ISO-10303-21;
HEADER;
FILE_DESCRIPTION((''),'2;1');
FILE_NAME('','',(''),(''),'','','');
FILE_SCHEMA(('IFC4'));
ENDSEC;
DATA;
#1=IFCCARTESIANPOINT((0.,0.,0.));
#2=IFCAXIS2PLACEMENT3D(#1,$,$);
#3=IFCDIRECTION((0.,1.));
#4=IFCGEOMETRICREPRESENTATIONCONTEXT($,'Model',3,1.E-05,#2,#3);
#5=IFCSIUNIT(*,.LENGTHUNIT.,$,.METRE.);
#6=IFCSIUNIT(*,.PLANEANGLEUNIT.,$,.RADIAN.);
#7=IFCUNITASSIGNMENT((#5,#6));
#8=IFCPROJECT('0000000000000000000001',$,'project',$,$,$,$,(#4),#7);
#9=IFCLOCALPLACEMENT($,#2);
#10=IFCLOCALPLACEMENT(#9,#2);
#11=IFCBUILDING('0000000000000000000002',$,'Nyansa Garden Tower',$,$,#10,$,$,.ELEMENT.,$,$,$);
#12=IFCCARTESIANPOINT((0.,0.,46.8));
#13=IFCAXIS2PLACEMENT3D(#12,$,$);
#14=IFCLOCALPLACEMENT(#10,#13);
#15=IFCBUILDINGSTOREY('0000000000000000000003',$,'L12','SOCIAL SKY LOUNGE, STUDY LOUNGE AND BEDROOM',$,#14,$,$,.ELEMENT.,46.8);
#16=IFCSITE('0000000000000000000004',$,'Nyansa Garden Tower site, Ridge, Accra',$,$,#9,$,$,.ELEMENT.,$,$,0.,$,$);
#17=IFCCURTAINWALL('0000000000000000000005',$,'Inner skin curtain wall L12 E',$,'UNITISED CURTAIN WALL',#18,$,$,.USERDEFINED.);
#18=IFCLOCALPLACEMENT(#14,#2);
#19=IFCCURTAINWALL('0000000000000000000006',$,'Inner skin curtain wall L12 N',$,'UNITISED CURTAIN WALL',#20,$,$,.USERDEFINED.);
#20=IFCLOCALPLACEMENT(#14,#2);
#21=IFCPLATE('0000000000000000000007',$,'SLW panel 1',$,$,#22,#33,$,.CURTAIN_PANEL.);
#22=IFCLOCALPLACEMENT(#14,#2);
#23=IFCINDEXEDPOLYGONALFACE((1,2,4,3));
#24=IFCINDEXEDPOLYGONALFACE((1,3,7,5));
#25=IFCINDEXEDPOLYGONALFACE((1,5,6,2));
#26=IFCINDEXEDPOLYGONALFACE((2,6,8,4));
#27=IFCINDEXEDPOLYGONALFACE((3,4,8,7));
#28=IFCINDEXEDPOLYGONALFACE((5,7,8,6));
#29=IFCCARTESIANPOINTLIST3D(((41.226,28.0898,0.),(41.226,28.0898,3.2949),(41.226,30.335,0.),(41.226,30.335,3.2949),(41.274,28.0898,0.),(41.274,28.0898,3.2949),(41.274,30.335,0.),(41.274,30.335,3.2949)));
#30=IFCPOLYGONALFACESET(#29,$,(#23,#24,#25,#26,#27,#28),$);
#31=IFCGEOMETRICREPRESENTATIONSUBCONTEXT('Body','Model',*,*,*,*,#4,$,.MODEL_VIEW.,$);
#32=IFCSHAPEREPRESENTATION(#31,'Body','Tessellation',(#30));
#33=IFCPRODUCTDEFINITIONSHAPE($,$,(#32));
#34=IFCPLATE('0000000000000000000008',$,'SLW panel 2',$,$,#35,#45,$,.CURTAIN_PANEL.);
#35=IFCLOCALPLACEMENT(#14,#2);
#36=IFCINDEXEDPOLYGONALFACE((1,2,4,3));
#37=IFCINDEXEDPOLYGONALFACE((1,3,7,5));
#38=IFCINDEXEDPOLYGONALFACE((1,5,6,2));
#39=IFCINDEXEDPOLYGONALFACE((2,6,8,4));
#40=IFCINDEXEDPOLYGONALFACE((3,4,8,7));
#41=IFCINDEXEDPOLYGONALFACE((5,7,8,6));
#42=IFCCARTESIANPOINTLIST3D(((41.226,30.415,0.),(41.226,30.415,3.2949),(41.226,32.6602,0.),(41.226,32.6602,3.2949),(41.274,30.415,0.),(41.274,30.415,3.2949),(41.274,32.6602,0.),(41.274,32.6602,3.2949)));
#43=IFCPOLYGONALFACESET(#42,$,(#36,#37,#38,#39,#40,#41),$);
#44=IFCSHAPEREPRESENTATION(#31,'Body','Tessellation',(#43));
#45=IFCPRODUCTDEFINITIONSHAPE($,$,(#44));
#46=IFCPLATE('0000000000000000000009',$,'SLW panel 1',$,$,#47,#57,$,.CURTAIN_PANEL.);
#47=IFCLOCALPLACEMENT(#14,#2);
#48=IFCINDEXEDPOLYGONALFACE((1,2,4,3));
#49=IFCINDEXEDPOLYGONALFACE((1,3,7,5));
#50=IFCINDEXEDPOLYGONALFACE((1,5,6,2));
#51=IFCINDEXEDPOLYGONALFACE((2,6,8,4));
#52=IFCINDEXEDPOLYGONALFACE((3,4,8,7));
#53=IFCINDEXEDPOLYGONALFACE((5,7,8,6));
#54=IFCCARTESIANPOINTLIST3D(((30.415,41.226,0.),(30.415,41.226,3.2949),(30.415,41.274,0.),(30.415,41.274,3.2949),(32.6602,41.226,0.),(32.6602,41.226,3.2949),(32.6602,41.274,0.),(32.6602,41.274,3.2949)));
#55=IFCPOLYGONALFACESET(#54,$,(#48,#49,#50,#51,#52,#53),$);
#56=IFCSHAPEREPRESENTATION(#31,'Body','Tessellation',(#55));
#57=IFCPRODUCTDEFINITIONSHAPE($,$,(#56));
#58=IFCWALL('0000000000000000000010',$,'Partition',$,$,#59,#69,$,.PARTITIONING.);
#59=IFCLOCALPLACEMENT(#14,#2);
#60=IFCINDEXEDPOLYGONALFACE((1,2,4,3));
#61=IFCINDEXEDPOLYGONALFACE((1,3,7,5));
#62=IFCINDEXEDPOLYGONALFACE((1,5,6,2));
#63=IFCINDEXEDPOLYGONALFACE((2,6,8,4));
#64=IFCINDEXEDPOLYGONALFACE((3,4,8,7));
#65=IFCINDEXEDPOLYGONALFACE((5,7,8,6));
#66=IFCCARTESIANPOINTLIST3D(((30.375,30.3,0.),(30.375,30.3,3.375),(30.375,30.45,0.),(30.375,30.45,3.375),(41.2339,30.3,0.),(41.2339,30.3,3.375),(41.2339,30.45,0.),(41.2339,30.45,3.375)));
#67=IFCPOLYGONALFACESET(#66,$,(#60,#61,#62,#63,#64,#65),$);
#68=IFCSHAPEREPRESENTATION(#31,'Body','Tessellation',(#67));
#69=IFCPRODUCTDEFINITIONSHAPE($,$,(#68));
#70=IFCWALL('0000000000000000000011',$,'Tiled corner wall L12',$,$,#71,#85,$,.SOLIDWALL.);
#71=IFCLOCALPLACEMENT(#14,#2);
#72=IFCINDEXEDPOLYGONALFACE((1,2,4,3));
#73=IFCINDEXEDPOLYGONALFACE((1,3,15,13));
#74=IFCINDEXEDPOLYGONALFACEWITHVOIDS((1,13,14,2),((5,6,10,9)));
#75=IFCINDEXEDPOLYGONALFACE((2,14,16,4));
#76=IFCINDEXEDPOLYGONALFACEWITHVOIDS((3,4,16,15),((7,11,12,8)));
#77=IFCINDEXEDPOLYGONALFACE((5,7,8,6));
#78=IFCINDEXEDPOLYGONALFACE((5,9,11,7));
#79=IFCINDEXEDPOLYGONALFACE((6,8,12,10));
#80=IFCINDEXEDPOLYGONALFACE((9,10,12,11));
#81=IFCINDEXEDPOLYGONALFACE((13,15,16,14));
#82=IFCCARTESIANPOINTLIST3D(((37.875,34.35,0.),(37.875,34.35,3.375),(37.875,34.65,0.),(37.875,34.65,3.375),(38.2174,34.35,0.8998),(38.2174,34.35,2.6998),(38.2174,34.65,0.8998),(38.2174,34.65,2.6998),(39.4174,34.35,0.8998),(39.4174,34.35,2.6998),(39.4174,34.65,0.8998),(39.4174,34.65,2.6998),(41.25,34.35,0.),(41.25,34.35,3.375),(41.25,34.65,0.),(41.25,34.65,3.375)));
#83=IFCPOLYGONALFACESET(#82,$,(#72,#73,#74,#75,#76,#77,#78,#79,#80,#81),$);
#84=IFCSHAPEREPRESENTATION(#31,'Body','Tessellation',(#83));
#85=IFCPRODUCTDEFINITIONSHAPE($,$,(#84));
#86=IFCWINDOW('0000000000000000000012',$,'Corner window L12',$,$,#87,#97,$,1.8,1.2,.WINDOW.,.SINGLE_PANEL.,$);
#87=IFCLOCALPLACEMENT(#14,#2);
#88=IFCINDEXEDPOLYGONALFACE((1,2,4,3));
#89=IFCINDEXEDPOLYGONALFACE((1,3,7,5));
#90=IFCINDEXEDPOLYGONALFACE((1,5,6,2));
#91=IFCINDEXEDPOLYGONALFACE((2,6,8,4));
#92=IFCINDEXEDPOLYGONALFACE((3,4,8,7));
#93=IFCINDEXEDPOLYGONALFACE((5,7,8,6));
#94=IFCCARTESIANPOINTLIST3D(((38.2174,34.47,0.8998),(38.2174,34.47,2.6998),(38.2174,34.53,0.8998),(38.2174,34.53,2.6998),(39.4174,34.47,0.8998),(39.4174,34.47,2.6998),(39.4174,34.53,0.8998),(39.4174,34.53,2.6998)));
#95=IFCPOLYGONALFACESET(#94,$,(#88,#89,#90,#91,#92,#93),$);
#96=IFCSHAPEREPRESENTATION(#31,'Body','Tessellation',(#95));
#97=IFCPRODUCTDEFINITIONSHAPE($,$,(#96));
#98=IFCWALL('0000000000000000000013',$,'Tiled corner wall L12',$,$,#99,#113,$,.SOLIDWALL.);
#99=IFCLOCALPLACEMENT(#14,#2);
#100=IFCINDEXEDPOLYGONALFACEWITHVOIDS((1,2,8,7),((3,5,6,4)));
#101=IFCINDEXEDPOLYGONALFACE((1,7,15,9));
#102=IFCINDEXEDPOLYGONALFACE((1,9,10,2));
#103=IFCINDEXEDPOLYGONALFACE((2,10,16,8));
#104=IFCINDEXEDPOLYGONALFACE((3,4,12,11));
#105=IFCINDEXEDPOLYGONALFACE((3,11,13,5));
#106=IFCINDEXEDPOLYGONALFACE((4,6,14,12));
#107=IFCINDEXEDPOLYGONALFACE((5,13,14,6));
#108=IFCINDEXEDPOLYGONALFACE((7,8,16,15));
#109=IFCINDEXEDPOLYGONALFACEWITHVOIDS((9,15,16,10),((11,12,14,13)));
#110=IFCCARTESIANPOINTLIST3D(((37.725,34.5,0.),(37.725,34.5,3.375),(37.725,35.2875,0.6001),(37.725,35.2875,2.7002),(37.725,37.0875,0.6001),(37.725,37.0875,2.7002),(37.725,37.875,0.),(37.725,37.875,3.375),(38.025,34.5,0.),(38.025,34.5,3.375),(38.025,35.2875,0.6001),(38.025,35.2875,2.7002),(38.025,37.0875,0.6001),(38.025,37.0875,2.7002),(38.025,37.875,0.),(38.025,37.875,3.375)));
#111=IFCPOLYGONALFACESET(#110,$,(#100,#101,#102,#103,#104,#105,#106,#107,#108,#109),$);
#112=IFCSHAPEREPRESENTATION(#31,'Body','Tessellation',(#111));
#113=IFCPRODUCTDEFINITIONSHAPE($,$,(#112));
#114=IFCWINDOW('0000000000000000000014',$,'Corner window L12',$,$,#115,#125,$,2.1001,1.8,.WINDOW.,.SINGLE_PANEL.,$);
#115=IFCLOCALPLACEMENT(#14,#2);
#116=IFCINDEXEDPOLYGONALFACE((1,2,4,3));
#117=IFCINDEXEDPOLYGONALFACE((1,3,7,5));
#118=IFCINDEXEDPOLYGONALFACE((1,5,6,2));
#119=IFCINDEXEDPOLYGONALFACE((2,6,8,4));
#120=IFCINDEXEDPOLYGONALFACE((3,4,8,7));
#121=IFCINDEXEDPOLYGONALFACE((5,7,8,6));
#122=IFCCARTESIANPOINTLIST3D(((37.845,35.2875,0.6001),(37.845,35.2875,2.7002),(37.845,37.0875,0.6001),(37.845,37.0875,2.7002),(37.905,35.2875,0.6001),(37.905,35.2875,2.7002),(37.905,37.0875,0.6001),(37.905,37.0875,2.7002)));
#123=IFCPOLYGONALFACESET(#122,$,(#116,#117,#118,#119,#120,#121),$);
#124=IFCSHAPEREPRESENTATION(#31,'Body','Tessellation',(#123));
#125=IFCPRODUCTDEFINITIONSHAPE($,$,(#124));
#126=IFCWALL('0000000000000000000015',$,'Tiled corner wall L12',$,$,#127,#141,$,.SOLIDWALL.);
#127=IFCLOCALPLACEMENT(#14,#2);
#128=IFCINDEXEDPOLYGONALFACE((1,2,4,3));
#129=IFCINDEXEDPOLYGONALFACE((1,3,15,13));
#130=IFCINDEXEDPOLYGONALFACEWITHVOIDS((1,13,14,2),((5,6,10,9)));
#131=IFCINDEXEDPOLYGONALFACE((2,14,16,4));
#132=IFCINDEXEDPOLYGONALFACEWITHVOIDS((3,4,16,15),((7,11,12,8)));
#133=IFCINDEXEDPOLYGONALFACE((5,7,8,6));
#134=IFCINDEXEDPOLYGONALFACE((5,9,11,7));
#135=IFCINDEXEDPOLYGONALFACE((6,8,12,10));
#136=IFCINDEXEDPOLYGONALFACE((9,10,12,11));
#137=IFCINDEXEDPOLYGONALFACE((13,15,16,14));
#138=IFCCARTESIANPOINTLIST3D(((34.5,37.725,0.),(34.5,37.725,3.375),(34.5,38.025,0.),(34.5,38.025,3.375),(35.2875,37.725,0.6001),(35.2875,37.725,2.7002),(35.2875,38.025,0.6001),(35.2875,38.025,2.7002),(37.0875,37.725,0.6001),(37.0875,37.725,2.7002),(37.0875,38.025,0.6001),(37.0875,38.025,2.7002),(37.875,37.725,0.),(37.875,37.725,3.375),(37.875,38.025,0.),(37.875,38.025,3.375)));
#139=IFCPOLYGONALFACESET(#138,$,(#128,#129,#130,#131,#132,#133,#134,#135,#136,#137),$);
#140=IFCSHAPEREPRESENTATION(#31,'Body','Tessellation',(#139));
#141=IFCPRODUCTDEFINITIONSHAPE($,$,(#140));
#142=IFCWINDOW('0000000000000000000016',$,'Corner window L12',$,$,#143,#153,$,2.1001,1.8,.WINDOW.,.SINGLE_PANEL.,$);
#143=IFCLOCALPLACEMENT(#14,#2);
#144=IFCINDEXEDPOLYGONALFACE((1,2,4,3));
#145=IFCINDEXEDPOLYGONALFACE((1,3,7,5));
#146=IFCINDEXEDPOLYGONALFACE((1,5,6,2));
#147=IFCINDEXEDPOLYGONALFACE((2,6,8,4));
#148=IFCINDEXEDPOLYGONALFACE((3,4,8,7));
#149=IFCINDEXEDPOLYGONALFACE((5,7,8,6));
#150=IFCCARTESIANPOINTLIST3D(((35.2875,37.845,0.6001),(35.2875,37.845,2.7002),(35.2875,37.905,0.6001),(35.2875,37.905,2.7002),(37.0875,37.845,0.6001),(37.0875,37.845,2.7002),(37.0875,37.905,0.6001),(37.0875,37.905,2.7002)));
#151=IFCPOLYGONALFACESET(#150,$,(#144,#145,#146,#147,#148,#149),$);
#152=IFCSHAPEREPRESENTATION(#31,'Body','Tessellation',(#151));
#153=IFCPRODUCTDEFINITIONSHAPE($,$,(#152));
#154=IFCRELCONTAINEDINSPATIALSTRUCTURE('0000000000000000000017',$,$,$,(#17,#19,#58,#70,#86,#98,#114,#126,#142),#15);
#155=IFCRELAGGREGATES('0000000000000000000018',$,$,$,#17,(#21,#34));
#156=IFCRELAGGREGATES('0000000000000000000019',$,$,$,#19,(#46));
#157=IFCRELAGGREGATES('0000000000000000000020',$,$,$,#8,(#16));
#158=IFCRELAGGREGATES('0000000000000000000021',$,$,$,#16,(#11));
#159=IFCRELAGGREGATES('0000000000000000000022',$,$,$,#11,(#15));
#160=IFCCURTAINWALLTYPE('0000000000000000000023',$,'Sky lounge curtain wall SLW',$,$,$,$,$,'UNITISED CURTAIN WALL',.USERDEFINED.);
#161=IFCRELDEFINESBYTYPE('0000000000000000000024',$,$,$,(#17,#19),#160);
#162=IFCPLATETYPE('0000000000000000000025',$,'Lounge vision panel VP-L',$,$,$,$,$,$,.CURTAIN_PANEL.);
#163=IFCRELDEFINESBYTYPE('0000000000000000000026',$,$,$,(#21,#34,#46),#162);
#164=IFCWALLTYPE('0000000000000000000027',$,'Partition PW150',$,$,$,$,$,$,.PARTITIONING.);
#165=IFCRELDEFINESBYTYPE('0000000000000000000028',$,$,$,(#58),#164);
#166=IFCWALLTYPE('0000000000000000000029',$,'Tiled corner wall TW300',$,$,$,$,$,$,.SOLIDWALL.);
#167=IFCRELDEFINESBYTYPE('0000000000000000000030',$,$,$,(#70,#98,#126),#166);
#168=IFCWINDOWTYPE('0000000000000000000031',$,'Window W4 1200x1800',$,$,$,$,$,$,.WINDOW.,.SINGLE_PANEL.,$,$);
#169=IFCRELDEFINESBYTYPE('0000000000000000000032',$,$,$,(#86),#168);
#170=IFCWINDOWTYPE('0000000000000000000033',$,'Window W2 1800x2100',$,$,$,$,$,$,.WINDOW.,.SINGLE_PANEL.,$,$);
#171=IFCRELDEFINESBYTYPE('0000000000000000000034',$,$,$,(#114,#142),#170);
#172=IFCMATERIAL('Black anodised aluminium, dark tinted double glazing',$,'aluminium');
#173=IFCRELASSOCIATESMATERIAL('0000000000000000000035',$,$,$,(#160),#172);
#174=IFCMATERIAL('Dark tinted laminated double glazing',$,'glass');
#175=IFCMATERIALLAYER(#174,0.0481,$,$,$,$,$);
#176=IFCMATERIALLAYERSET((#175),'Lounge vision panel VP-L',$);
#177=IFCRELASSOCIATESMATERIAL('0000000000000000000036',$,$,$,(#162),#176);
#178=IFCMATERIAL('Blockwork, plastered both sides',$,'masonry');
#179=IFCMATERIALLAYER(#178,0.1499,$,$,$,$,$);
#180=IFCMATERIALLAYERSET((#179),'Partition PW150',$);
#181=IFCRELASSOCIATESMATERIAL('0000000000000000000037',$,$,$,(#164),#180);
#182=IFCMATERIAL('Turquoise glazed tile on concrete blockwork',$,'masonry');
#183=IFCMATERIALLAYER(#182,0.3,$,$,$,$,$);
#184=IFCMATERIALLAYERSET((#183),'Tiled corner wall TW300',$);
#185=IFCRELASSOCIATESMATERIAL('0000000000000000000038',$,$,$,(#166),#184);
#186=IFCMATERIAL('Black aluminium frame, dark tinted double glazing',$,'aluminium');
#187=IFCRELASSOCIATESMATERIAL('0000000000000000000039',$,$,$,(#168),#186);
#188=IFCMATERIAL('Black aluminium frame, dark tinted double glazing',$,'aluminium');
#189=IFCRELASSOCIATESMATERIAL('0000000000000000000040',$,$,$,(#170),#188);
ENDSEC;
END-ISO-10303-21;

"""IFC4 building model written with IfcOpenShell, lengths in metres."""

from ifc_helpers import new_model, si_unit, direction, frame, frame_2d, origin, origin_2d, place, context, subcontext, project, spatial, rectangle, extrude, material, layer, layer_set, type_object, element, fill, aggregate, save


model = new_model("IFC4")

# Units and contexts
model_context = context("Model", 3, precision=1e-05, world=origin(), true_north=direction((0.0, 1.0)))
body_context = subcontext(model_context, "Body", "Model", "MODEL_VIEW")
ifc_project = project(units=[si_unit("LENGTHUNIT", "METRE"), si_unit("PLANEANGLEUNIT", "RADIAN")], contexts=[model_context])

# Site, building, storey
site_placement = place(None, origin())
site = spatial("IfcSite", under=ifc_project, at=site_placement, Name="Nyansa Garden Tower site, Ridge, Accra", CompositionType="ELEMENT", RefElevation=0.0)
building_placement = place(site_placement, origin())
building = spatial("IfcBuilding", under=site, at=building_placement, Name="Nyansa Garden Tower", CompositionType="ELEMENT")
storey_placement = place(building_placement, frame((0.0, 0.0, 46.8)))
storey = spatial("IfcBuildingStorey", under=building, at=storey_placement, Name="L12", Description="SOCIAL SKY LOUNGE, STUDY LOUNGE AND BEDROOM", CompositionType="ELEMENT", Elevation=46.8)

# Curtain walls
ifc_material_1 = material(Name="Black anodised aluminium, dark tinted double glazing", Category="aluminium")
curtain_wall_type = type_object("IfcCurtainWallType", Name="Sky lounge curtain wall SLW", ElementType="UNITISED CURTAIN WALL", PredefinedType="USERDEFINED", material=ifc_material_1)
curtain_wall_1_placement = place(storey_placement, origin())
curtain_wall_1 = element("IfcCurtainWall", 1, at=curtain_wall_1_placement, inside=storey, type_object=curtain_wall_type, Name="Inner skin curtain wall L12 E", ObjectType="UNITISED CURTAIN WALL", PredefinedType="USERDEFINED")
curtain_wall_2_placement = place(storey_placement, origin())
curtain_wall_2 = element("IfcCurtainWall", 2, at=curtain_wall_2_placement, inside=storey, type_object=curtain_wall_type, Name="Inner skin curtain wall L12 N", ObjectType="UNITISED CURTAIN WALL", PredefinedType="USERDEFINED")

# Plates
ifc_material_2 = material(Name="Dark tinted laminated double glazing", Category="glass")
ifc_layer_1 = layer(ifc_material_2, 0.0481)
ifc_layer_set_1 = layer_set([ifc_layer_1], Name="Lounge vision panel VP-L")
plate_type = type_object("IfcPlateType", Name="Lounge vision panel VP-L", PredefinedType="CURTAIN_PANEL", material=ifc_layer_set_1)
plate_1_placement = place(storey_placement, frame((41.25, 29.2124, 0.0), z_axis=(0.0, 0.0, 1.0), x_axis=(0.0, 1.0, 0.0)))
plate_1 = element("IfcPlate", 3, at=plate_1_placement, type_object=plate_type, Name="SLW panel 1", PredefinedType="CURTAIN_PANEL", context=body_context, shape_type="SweptSolid", body=[
    extrude(rectangle(XDim=2.2451, YDim=0.0481, at=origin_2d()), origin(), (0.0, 0.0, 1.0), 3.2949),
])
plate_2_placement = place(storey_placement, frame((41.25, 31.5376, 0.0), z_axis=(0.0, 0.0, 1.0), x_axis=(0.0, 1.0, 0.0)))
plate_2 = element("IfcPlate", 4, at=plate_2_placement, type_object=plate_type, Name="SLW panel 2", PredefinedType="CURTAIN_PANEL", context=body_context, shape_type="SweptSolid", body=[
    extrude(rectangle(XDim=2.2451, YDim=0.0481, at=origin_2d()), origin(), (0.0, 0.0, 1.0), 3.2949),
])
aggregate(curtain_wall_1, [plate_1, plate_2])
plate_3_placement = place(storey_placement, frame((31.5376, 41.25, 0.0), z_axis=(0.0, 0.0, 1.0), x_axis=(-1.0, 0.0, 0.0)))
plate_3 = element("IfcPlate", 5, at=plate_3_placement, type_object=plate_type, Name="SLW panel 1", PredefinedType="CURTAIN_PANEL", context=body_context, shape_type="SweptSolid", body=[
    extrude(rectangle(XDim=2.2451, YDim=0.0481, at=origin_2d()), origin(), (0.0, 0.0, 1.0), 3.2949),
])
aggregate(curtain_wall_2, [plate_3])

# Wall
ifc_material_3 = material(Name="Blockwork, plastered both sides", Category="masonry")
ifc_layer_2 = layer(ifc_material_3, 0.1499)
ifc_layer_set_2 = layer_set([ifc_layer_2], Name="Partition PW150")
wall_type_1 = type_object("IfcWallType", Name="Partition PW150", PredefinedType="PARTITIONING", material=ifc_layer_set_2)
wall_1_placement = place(storey_placement, frame((30.375, 30.375, 0.0), z_axis=(0.0, 0.0, 1.0), x_axis=(1.0, 0.0, 0.0)))
element("IfcWall", 6, at=wall_1_placement, inside=storey, type_object=wall_type_1, Name="Partition", PredefinedType="PARTITIONING", context=body_context, shape_type="SweptSolid", body=[
    extrude(rectangle(XDim=10.8589, YDim=0.1499, at=frame_2d((5.4294, 0.0))), origin(), (0.0, 0.0, 1.0), 3.375),
])

# Walls, openings, windows
ifc_material_4 = material(Name="Turquoise glazed tile on concrete blockwork", Category="masonry")
ifc_layer_3 = layer(ifc_material_4, 0.3)
ifc_layer_set_3 = layer_set([ifc_layer_3], Name="Tiled corner wall TW300")
wall_type_2 = type_object("IfcWallType", Name="Tiled corner wall TW300", PredefinedType="SOLIDWALL", material=ifc_layer_set_3)
wall_2_placement = place(storey_placement, frame((41.25, 34.5, 0.0), z_axis=(0.0, 0.0, 1.0), x_axis=(-1.0, 0.0, 0.0)))
wall_2 = element("IfcWall", 7, at=wall_2_placement, inside=storey, type_object=wall_type_2, Name="Tiled corner wall L12", PredefinedType="SOLIDWALL", context=body_context, shape_type="SweptSolid", body=[
    extrude(rectangle(XDim=3.375, YDim=0.3, at=frame_2d((1.6875, 0.0))), origin(), (0.0, 0.0, 1.0), 3.375),
])
opening_1_placement = place(wall_2_placement, frame((1.8325, 0.0, 0.8999)))
opening_1 = element("IfcOpeningElement", 8, at=opening_1_placement, cuts=wall_2, PredefinedType="OPENING", context=body_context, shape_type="SweptSolid", body=[
    extrude(rectangle(XDim=1.2, YDim=1.8, at=frame_2d((0.6001, 0.8999))), frame((0.0, 0.1599, 0.0), z_axis=(0.0, -1.0, 0.0), x_axis=(1.0, 0.0, 0.0)), (0.0, 0.0, 1.0), 0.3201),
])
ifc_material_5 = material(Name="Black aluminium frame, dark tinted double glazing", Category="aluminium")
window_type_1 = type_object("IfcWindowType", Name="Window W4 1200x1800", PartitioningType="SINGLE_PANEL", PredefinedType="WINDOW", material=ifc_material_5)
window_1_placement = place(opening_1_placement, origin())
window_1 = element("IfcWindow", 9, at=window_1_placement, inside=storey, type_object=window_type_1, Name="Corner window L12", OverallHeight=1.8, OverallWidth=1.2, PartitioningType="SINGLE_PANEL", PredefinedType="WINDOW", context=body_context, shape_type="SweptSolid", body=[
    extrude(rectangle(XDim=1.2, YDim=1.8, at=frame_2d((0.6001, 0.8999))), frame((0.0, 0.03, 0.0), z_axis=(0.0, -1.0, 0.0), x_axis=(1.0, 0.0, 0.0)), (0.0, 0.0, 1.0), 0.0601),
])
fill(opening_1, window_1)
wall_3_placement = place(storey_placement, frame((37.875, 34.5, 0.0), z_axis=(0.0, 0.0, 1.0), x_axis=(0.0, 1.0, 0.0)))
wall_3 = element("IfcWall", 10, at=wall_3_placement, inside=storey, type_object=wall_type_2, Name="Tiled corner wall L12", PredefinedType="SOLIDWALL", context=body_context, shape_type="SweptSolid", body=[
    extrude(rectangle(XDim=3.375, YDim=0.3, at=frame_2d((1.6875, 0.0))), origin(), (0.0, 0.0, 1.0), 3.375),
])
opening_2_placement = place(wall_3_placement, frame((0.7876, 0.0, 0.6001)))
opening_2 = element("IfcOpeningElement", 11, at=opening_2_placement, cuts=wall_3, PredefinedType="OPENING", context=body_context, shape_type="SweptSolid", body=[
    extrude(rectangle(XDim=1.8, YDim=2.1001, at=frame_2d((0.8999, 1.05))), frame((0.0, 0.1599, 0.0), z_axis=(0.0, -1.0, 0.0), x_axis=(1.0, 0.0, 0.0)), (0.0, 0.0, 1.0), 0.3201),
])
ifc_material_6 = material(Name="Black aluminium frame, dark tinted double glazing", Category="aluminium")
window_type_2 = type_object("IfcWindowType", Name="Window W2 1800x2100", PartitioningType="SINGLE_PANEL", PredefinedType="WINDOW", material=ifc_material_6)
window_2_placement = place(opening_2_placement, origin())
window_2 = element("IfcWindow", 12, at=window_2_placement, inside=storey, type_object=window_type_2, Name="Corner window L12", OverallHeight=2.1001, OverallWidth=1.8, PartitioningType="SINGLE_PANEL", PredefinedType="WINDOW", context=body_context, shape_type="SweptSolid", body=[
    extrude(rectangle(XDim=1.8, YDim=2.1001, at=frame_2d((0.8999, 1.05))), frame((0.0, 0.03, 0.0), z_axis=(0.0, -1.0, 0.0), x_axis=(1.0, 0.0, 0.0)), (0.0, 0.0, 1.0), 0.0601),
])
fill(opening_2, window_2)
wall_4_placement = place(storey_placement, frame((37.875, 37.875, 0.0), z_axis=(0.0, 0.0, 1.0), x_axis=(-1.0, 0.0, 0.0)))
wall_4 = element("IfcWall", 13, at=wall_4_placement, inside=storey, type_object=wall_type_2, Name="Tiled corner wall L12", PredefinedType="SOLIDWALL", context=body_context, shape_type="SweptSolid", body=[
    extrude(rectangle(XDim=3.375, YDim=0.3, at=frame_2d((1.6875, 0.0))), origin(), (0.0, 0.0, 1.0), 3.375),
])
opening_3_placement = place(wall_4_placement, frame((0.7876, 0.0, 0.6001)))
opening_3 = element("IfcOpeningElement", 14, at=opening_3_placement, cuts=wall_4, PredefinedType="OPENING", context=body_context, shape_type="SweptSolid", body=[
    extrude(rectangle(XDim=1.8, YDim=2.1001, at=frame_2d((0.8999, 1.05))), frame((0.0, 0.1599, 0.0), z_axis=(0.0, -1.0, 0.0), x_axis=(1.0, 0.0, 0.0)), (0.0, 0.0, 1.0), 0.3201),
])
window_3_placement = place(opening_3_placement, origin())
window_3 = element("IfcWindow", 15, at=window_3_placement, inside=storey, type_object=window_type_2, Name="Corner window L12", OverallHeight=2.1001, OverallWidth=1.8, PartitioningType="SINGLE_PANEL", PredefinedType="WINDOW", context=body_context, shape_type="SweptSolid", body=[
    extrude(rectangle(XDim=1.8, YDim=2.1001, at=frame_2d((0.8999, 1.05))), frame((0.0, 0.03, 0.0), z_axis=(0.0, -1.0, 0.0), x_axis=(1.0, 0.0, 0.0)), (0.0, 0.0, 1.0), 0.0601),
])
fill(opening_3, window_3)

save(model, "model.ifc")
